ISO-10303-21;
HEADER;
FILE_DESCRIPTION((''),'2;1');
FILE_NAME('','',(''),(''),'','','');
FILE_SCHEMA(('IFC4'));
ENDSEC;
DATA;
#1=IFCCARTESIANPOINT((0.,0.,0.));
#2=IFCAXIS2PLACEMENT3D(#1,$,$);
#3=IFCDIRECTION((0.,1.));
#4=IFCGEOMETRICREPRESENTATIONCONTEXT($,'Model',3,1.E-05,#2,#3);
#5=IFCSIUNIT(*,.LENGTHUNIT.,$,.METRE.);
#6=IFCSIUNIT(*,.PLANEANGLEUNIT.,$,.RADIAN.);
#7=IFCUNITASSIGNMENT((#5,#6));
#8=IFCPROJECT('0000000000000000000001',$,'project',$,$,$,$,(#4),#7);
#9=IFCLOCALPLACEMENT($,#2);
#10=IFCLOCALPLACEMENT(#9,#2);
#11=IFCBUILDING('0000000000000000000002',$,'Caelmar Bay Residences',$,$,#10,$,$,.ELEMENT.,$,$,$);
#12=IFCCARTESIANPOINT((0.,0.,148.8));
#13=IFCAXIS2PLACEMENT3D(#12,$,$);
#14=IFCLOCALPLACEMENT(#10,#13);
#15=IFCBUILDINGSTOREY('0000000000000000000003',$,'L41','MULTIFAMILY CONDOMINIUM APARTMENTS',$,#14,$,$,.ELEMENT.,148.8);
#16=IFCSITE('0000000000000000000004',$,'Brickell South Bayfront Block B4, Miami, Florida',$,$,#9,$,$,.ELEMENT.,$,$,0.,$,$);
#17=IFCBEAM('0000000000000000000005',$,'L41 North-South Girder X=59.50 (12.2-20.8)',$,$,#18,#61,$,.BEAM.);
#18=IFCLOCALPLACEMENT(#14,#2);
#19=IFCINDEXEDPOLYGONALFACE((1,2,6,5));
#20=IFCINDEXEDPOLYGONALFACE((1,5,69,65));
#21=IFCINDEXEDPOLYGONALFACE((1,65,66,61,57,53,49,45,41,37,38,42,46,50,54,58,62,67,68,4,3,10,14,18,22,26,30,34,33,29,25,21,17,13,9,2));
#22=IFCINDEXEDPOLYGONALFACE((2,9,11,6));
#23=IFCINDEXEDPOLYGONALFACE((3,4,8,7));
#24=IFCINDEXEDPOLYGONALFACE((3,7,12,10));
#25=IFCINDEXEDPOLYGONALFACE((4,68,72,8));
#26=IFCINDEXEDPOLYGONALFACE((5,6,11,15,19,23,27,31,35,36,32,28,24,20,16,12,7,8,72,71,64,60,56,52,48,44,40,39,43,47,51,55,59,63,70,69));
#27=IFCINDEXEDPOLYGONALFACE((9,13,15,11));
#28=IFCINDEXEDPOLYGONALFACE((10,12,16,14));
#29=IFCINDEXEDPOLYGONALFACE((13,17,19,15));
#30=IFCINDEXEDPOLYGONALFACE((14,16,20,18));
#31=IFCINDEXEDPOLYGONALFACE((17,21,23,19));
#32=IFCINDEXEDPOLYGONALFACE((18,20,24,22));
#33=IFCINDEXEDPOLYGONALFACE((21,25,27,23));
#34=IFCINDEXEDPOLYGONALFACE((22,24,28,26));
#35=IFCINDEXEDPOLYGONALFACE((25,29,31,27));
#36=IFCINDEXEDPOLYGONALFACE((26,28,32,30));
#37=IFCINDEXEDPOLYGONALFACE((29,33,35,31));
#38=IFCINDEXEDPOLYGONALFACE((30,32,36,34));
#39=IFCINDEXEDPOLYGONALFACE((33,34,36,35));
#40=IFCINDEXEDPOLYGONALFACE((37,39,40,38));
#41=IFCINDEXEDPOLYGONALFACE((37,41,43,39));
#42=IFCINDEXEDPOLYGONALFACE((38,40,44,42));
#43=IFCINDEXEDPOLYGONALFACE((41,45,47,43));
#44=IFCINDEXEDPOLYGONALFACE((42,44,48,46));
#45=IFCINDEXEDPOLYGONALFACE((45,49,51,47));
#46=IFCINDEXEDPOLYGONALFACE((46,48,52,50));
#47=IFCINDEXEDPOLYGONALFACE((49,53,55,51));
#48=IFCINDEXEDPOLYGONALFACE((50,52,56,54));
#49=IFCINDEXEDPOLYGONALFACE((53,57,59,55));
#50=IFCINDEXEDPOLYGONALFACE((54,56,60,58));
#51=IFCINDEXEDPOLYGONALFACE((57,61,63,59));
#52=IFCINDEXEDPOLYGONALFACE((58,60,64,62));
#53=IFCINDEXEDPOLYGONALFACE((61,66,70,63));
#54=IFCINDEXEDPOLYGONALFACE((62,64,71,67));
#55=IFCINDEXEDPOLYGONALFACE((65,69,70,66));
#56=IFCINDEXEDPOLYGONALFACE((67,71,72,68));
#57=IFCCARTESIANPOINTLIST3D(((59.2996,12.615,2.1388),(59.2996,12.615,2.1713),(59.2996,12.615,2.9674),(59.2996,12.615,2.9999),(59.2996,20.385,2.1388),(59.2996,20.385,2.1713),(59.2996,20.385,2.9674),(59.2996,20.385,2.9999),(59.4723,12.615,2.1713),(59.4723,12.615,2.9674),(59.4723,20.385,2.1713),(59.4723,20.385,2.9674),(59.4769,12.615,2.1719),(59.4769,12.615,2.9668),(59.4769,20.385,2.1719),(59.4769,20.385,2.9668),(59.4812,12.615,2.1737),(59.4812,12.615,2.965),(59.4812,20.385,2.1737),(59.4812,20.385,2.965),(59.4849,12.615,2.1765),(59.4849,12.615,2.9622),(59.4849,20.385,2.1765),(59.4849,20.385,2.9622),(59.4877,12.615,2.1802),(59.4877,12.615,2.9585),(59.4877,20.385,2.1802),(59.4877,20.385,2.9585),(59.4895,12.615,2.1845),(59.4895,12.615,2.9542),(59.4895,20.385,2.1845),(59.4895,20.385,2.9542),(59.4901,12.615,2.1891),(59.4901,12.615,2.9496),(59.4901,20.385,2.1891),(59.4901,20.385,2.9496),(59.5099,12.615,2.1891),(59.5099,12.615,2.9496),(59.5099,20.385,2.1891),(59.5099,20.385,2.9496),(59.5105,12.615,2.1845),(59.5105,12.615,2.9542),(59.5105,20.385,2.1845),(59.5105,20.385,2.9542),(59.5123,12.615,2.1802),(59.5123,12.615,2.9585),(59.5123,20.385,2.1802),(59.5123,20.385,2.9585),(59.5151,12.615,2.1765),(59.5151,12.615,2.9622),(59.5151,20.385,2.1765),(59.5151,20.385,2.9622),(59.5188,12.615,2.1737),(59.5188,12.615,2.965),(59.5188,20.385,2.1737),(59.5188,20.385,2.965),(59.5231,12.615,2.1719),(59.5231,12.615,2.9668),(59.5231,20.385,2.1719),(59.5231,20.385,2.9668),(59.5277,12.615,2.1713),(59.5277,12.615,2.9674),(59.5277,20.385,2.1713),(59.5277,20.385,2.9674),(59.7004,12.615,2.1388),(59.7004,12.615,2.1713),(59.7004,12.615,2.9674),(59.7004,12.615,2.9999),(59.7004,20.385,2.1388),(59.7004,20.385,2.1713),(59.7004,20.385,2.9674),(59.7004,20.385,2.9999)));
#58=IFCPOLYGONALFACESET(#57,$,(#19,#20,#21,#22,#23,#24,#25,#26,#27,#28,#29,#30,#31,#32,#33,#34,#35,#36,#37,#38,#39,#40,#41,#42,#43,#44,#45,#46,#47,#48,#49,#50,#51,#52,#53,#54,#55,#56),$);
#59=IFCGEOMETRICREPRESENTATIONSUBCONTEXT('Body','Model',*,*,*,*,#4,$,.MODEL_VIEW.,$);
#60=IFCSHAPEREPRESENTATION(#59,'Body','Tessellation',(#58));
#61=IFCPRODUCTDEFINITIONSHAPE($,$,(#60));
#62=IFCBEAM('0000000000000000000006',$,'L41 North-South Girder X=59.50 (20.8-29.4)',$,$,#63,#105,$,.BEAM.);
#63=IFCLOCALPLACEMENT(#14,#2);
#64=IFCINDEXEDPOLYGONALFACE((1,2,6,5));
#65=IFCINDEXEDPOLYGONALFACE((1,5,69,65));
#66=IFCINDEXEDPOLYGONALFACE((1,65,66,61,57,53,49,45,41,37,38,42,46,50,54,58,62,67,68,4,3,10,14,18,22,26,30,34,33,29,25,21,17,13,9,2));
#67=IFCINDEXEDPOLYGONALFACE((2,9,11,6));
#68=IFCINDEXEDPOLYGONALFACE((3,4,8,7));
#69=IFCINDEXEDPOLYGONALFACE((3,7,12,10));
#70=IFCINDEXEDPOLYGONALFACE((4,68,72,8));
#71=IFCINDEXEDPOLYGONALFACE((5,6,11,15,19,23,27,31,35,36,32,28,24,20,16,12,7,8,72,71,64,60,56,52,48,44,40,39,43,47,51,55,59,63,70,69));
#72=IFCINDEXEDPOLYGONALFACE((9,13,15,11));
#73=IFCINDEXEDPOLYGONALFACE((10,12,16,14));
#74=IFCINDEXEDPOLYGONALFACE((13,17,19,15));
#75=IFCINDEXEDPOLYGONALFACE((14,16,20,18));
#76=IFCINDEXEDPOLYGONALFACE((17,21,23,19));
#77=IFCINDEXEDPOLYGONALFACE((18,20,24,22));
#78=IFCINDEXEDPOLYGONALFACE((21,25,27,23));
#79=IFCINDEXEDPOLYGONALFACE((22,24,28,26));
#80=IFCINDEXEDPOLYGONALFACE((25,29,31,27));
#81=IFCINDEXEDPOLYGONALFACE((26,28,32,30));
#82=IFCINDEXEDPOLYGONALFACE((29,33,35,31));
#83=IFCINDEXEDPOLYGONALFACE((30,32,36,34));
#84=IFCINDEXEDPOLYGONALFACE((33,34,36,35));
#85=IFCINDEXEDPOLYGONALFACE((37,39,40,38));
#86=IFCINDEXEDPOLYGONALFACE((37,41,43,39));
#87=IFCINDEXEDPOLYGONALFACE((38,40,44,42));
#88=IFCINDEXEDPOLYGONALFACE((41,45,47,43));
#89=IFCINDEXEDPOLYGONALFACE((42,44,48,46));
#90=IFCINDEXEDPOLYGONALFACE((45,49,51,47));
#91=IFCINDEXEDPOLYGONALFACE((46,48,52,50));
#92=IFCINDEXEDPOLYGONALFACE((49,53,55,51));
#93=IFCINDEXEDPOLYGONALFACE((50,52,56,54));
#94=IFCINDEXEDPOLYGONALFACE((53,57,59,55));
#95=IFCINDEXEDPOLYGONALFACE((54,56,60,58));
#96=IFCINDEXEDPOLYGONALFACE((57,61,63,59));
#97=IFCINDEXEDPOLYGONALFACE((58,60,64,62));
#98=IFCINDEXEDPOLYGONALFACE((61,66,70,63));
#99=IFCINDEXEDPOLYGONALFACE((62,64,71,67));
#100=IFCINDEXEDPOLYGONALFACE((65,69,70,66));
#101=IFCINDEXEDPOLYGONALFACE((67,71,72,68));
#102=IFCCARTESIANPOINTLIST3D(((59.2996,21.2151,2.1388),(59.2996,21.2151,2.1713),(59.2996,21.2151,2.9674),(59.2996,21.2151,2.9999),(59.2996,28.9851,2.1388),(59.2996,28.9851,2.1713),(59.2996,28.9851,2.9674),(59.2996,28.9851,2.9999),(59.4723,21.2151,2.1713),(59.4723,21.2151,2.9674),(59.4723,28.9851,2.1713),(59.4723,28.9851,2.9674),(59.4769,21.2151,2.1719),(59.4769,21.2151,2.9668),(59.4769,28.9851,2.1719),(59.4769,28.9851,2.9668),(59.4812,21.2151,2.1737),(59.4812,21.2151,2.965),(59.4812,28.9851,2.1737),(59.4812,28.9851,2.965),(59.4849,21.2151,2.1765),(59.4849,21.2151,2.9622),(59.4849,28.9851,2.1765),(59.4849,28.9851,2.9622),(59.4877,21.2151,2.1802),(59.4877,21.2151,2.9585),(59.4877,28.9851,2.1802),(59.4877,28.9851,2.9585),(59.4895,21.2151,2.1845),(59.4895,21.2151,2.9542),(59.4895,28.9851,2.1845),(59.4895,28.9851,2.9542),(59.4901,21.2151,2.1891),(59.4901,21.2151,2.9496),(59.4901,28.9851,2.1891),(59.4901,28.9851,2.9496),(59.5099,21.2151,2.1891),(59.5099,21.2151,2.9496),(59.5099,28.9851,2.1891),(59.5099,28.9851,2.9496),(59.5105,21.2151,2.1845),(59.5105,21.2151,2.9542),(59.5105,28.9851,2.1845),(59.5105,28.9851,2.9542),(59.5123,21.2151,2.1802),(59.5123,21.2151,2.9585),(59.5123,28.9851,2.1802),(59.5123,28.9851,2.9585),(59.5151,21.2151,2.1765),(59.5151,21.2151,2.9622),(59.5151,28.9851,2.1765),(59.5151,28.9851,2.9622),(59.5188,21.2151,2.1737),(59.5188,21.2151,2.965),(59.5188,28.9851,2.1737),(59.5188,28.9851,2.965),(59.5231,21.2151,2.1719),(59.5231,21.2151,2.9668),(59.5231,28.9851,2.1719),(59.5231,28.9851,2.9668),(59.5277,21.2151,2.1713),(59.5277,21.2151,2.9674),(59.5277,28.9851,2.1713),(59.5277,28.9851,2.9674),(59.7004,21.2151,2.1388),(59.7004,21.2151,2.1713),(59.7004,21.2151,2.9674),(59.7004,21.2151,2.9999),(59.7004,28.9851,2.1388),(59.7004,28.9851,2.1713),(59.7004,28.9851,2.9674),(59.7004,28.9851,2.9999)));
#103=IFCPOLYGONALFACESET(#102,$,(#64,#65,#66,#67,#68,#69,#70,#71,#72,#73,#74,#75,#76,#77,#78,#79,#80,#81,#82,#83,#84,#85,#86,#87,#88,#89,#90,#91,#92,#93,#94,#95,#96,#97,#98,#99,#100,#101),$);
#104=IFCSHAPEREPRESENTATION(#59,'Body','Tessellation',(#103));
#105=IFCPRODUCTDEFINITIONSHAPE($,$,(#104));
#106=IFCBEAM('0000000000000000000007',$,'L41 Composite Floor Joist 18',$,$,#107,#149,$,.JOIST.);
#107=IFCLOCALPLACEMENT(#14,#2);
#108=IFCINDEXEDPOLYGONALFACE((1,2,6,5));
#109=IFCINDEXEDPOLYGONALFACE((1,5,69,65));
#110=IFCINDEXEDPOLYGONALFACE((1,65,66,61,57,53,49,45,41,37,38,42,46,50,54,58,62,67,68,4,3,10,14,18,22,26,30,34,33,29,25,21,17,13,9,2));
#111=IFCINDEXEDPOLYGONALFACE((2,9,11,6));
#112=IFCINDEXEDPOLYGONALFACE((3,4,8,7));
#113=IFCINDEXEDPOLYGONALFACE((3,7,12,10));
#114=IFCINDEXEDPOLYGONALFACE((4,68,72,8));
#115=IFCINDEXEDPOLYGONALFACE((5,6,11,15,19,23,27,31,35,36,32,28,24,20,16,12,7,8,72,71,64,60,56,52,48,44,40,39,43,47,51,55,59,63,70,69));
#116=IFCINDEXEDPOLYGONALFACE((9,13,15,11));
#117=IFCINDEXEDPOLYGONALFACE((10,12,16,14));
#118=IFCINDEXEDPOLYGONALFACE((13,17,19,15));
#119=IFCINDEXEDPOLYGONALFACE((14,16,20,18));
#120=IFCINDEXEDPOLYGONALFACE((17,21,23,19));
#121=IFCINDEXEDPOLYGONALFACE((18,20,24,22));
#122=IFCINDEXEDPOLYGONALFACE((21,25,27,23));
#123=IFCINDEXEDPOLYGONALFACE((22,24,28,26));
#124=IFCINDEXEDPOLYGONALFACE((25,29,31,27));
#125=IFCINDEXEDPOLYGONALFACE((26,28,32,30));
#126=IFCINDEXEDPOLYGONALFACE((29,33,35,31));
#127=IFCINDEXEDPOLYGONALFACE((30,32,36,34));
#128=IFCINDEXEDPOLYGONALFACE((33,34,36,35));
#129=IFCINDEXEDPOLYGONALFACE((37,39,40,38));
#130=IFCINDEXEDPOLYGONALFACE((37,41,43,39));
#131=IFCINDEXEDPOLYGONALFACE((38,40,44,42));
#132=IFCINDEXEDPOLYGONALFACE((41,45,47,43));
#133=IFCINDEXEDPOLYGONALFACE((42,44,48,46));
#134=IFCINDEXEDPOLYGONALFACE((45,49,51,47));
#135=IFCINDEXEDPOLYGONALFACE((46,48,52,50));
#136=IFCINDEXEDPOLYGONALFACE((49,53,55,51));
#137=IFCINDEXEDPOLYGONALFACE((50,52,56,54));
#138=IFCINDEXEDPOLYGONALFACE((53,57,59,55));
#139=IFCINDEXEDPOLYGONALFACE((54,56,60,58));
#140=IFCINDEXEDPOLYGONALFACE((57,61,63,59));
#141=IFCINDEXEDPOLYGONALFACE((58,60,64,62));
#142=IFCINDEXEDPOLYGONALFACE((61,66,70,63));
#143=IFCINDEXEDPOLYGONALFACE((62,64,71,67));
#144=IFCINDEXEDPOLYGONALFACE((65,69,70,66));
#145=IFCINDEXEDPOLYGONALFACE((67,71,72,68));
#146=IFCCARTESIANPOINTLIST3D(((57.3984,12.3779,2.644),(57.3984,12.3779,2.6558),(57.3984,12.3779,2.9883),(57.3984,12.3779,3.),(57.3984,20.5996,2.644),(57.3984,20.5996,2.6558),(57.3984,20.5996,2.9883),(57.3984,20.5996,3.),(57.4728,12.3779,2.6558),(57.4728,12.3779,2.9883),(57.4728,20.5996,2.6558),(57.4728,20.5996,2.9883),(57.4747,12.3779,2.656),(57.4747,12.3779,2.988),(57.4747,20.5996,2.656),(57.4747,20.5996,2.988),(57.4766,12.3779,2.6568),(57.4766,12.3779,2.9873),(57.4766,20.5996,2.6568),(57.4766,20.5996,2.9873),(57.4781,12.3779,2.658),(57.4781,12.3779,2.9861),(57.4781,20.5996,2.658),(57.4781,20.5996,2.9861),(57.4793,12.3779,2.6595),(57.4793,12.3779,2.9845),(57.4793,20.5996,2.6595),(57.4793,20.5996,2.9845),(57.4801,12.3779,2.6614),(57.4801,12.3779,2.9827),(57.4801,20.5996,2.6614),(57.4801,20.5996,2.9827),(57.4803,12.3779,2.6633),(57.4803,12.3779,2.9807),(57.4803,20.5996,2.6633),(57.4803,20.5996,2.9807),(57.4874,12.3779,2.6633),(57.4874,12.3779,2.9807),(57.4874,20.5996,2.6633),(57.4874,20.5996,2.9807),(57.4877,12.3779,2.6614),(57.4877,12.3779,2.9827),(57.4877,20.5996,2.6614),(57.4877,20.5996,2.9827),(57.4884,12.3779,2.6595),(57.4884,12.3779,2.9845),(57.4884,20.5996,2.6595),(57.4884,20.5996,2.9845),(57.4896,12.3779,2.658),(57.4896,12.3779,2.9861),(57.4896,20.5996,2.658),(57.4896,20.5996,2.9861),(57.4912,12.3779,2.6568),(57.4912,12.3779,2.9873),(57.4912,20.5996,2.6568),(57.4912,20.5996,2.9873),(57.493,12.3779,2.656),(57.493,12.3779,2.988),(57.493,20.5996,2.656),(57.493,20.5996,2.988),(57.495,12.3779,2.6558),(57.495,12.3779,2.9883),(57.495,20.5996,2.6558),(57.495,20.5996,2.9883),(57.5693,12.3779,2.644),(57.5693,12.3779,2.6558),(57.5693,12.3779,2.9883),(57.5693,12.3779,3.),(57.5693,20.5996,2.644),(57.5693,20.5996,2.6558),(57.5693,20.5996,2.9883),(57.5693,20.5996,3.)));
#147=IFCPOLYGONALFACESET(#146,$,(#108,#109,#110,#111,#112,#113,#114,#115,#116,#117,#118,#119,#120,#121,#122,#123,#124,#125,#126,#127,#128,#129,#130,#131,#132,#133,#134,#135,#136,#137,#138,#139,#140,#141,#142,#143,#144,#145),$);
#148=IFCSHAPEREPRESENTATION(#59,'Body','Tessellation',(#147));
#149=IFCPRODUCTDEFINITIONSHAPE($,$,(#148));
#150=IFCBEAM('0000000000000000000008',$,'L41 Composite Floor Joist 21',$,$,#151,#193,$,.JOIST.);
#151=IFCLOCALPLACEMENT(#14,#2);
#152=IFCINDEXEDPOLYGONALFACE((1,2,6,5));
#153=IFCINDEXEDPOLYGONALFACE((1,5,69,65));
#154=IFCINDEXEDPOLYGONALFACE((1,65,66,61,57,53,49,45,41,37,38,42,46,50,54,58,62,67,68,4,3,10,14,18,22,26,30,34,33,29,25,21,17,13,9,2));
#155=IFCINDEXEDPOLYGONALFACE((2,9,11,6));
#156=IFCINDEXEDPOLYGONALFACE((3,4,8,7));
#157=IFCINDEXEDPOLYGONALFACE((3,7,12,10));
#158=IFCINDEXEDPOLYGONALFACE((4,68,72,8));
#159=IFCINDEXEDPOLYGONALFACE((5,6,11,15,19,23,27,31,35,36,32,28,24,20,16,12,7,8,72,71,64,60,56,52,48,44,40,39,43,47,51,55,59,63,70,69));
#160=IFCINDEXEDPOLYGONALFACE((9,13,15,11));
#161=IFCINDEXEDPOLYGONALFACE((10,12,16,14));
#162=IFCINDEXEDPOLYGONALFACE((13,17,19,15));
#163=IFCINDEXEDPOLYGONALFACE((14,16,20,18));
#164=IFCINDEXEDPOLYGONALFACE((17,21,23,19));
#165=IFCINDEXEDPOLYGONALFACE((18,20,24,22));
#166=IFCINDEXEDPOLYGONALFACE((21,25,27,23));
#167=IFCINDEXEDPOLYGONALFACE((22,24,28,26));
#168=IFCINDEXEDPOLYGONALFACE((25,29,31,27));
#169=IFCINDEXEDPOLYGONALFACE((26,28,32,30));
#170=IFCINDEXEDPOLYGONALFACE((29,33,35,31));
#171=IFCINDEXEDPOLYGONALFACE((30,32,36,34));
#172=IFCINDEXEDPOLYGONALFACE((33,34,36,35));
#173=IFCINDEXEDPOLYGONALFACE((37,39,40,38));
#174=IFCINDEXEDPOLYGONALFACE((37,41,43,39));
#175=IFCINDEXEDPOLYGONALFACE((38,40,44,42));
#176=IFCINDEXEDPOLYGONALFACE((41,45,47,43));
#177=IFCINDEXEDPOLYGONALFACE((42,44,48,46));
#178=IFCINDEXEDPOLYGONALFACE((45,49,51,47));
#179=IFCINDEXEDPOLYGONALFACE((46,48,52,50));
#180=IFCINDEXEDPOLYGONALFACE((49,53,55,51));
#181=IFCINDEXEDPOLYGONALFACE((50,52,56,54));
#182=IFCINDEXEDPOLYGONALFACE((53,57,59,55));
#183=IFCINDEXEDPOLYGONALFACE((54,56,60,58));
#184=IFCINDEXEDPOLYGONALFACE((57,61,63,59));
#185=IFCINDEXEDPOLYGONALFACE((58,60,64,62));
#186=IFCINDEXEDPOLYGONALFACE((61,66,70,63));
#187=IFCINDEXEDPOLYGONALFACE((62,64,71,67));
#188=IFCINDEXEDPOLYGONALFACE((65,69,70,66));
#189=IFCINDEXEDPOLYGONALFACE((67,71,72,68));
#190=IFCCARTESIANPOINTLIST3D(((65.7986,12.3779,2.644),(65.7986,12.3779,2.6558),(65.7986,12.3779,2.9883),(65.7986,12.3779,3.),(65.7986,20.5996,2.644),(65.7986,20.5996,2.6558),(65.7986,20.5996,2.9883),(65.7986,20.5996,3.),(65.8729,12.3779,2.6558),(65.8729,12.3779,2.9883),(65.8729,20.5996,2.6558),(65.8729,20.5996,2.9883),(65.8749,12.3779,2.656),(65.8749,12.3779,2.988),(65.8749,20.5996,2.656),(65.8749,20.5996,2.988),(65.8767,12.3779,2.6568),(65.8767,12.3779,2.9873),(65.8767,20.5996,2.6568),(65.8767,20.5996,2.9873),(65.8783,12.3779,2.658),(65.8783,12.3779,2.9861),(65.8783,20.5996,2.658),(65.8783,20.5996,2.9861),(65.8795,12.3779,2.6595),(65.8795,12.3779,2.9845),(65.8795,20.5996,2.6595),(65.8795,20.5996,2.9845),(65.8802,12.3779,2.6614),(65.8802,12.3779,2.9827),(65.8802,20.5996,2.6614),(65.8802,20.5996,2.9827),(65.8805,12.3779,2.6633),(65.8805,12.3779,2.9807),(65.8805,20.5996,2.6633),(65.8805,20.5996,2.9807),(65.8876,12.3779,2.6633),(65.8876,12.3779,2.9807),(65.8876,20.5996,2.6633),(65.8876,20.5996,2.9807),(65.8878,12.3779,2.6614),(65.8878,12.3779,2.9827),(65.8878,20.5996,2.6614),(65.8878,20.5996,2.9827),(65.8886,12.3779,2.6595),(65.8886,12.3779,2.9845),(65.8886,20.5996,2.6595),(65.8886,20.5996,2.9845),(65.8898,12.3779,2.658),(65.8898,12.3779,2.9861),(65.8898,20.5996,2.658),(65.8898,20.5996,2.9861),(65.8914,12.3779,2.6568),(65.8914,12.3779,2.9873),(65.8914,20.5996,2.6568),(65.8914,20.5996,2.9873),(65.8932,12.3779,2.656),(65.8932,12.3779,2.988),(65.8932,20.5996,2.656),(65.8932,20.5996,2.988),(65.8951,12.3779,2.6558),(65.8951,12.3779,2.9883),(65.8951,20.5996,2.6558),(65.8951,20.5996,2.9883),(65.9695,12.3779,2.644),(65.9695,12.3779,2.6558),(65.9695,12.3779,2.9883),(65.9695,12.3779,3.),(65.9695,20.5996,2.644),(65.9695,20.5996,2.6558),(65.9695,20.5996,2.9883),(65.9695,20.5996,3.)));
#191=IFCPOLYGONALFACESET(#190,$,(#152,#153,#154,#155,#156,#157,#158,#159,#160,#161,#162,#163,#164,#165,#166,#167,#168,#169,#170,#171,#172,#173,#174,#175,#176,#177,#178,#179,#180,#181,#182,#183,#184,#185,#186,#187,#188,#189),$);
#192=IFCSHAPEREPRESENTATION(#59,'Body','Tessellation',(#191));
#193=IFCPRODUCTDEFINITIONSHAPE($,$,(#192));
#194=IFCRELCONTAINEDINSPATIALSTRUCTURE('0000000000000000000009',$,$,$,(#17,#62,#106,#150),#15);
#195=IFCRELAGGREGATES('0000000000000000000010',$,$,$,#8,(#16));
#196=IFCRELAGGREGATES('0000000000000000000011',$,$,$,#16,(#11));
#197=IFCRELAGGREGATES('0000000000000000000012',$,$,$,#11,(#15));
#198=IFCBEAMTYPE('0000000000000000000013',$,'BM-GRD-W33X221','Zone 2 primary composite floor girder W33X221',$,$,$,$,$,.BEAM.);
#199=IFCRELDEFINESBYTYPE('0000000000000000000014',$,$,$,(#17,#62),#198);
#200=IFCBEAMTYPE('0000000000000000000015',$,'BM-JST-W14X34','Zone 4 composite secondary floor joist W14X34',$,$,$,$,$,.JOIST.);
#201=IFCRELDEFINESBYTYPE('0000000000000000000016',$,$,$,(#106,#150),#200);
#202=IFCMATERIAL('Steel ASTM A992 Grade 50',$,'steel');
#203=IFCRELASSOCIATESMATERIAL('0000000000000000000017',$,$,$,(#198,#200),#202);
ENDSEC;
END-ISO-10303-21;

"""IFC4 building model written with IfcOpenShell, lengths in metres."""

from ifc_helpers import new_model, si_unit, direction, frame, origin, origin_2d, place, context, subcontext, project, spatial, i_section, extrude, material, material_profile, profile_set, type_object, element, save


model = new_model("IFC4")

# Units and contexts
model_context = context("Model", 3, precision=1e-05, world=origin(), true_north=direction((0.0, 1.0)))
body_context = subcontext(model_context, "Body", "Model", "MODEL_VIEW")
ifc_project = project(units=[si_unit("LENGTHUNIT", "METRE"), si_unit("PLANEANGLEUNIT", "RADIAN")], contexts=[model_context])

# Site, building, storey
site_placement = place(None, origin())
site = spatial("IfcSite", under=ifc_project, at=site_placement, Name="Brickell South Bayfront Block B4, Miami, Florida", CompositionType="ELEMENT", RefElevation=0.0)
building_placement = place(site_placement, origin())
building = spatial("IfcBuilding", under=site, at=building_placement, Name="Caelmar Bay Residences", CompositionType="ELEMENT")
storey_placement = place(building_placement, frame((0.0, 0.0, 148.8)))
storey = spatial("IfcBuildingStorey", under=building, at=storey_placement, Name="L41", Description="MULTIFAMILY CONDOMINIUM APARTMENTS", CompositionType="ELEMENT", Elevation=148.8)

# Beams
ifc_material_1 = material(Name="Steel ASTM A992 Grade 50", Category="steel")
ifc_material_profile_1 = material_profile(ifc_material_1, i_section(OverallWidth=0.4009, OverallDepth=0.8611, WebThickness=0.0198, FlangeThickness=0.0325, FilletRadius=0.0178, at=origin_2d()), Name="W33X221")
ifc_profile_set_1 = profile_set([ifc_material_profile_1], Name="Steel ASTM A992 Grade 50")
beam_type_1 = type_object("IfcBeamType", Name="BM-GRD-W33X221", Description="Zone 2 primary composite floor girder W33X221", PredefinedType="BEAM", material=ifc_profile_set_1)
for number, where, z_axis, x_axis, name in (
    (1, (59.5, 12.615, 2.5693), (0.0, 1.0, 0.0), (-1.0, 0.0, 0.0), "L41 North-South Girder X=59.50 (12.2-20.8)"),
    (2, (59.5, 21.2151, 2.5693), (0.0, 1.0, 0.0), (-1.0, 0.0, 0.0), "L41 North-South Girder X=59.50 (20.8-29.4)"),
):
    element("IfcBeam", number, at=place(storey_placement, frame(where, z_axis=z_axis, x_axis=x_axis)), inside=storey, type_object=beam_type_1, Name=name, PredefinedType="BEAM", context=body_context, shape_type="SweptSolid", body=[
        extrude(i_section(OverallWidth=0.4009, OverallDepth=0.8611, WebThickness=0.0198, FlangeThickness=0.0325, FilletRadius=0.0178, at=origin_2d()), origin(), (0.0, 0.0, 1.0), 7.77),
    ])
ifc_material_profile_2 = material_profile(ifc_material_1, i_section(OverallWidth=0.1709, OverallDepth=0.356, WebThickness=0.0071, FlangeThickness=0.0117, FilletRadius=0.0076, at=origin_2d()), Name="W14X34")
ifc_profile_set_2 = profile_set([ifc_material_profile_2], Name="Steel ASTM A992 Grade 50")
beam_type_2 = type_object("IfcBeamType", Name="BM-JST-W14X34", Description="Zone 4 composite secondary floor joist W14X34", PredefinedType="JOIST", material=ifc_profile_set_2)
for number, where, z_axis, x_axis, name in (
    (3, (57.4839, 12.3779, 2.822), (0.0, 1.0, 0.0), (-1.0, 0.0, 0.0), "L41 Composite Floor Joist 18"),
    (4, (65.884, 12.3779, 2.822), (0.0, 1.0, 0.0), (-1.0, 0.0, 0.0), "L41 Composite Floor Joist 21"),
):
    element("IfcBeam", number, at=place(storey_placement, frame(where, z_axis=z_axis, x_axis=x_axis)), inside=storey, type_object=beam_type_2, Name=name, PredefinedType="JOIST", context=body_context, shape_type="SweptSolid", body=[
        extrude(i_section(OverallWidth=0.1709, OverallDepth=0.356, WebThickness=0.0071, FlangeThickness=0.0117, FilletRadius=0.0076, at=origin_2d()), origin(), (0.0, 0.0, 1.0), 8.2217),
    ])

save(model, "model.ifc")
